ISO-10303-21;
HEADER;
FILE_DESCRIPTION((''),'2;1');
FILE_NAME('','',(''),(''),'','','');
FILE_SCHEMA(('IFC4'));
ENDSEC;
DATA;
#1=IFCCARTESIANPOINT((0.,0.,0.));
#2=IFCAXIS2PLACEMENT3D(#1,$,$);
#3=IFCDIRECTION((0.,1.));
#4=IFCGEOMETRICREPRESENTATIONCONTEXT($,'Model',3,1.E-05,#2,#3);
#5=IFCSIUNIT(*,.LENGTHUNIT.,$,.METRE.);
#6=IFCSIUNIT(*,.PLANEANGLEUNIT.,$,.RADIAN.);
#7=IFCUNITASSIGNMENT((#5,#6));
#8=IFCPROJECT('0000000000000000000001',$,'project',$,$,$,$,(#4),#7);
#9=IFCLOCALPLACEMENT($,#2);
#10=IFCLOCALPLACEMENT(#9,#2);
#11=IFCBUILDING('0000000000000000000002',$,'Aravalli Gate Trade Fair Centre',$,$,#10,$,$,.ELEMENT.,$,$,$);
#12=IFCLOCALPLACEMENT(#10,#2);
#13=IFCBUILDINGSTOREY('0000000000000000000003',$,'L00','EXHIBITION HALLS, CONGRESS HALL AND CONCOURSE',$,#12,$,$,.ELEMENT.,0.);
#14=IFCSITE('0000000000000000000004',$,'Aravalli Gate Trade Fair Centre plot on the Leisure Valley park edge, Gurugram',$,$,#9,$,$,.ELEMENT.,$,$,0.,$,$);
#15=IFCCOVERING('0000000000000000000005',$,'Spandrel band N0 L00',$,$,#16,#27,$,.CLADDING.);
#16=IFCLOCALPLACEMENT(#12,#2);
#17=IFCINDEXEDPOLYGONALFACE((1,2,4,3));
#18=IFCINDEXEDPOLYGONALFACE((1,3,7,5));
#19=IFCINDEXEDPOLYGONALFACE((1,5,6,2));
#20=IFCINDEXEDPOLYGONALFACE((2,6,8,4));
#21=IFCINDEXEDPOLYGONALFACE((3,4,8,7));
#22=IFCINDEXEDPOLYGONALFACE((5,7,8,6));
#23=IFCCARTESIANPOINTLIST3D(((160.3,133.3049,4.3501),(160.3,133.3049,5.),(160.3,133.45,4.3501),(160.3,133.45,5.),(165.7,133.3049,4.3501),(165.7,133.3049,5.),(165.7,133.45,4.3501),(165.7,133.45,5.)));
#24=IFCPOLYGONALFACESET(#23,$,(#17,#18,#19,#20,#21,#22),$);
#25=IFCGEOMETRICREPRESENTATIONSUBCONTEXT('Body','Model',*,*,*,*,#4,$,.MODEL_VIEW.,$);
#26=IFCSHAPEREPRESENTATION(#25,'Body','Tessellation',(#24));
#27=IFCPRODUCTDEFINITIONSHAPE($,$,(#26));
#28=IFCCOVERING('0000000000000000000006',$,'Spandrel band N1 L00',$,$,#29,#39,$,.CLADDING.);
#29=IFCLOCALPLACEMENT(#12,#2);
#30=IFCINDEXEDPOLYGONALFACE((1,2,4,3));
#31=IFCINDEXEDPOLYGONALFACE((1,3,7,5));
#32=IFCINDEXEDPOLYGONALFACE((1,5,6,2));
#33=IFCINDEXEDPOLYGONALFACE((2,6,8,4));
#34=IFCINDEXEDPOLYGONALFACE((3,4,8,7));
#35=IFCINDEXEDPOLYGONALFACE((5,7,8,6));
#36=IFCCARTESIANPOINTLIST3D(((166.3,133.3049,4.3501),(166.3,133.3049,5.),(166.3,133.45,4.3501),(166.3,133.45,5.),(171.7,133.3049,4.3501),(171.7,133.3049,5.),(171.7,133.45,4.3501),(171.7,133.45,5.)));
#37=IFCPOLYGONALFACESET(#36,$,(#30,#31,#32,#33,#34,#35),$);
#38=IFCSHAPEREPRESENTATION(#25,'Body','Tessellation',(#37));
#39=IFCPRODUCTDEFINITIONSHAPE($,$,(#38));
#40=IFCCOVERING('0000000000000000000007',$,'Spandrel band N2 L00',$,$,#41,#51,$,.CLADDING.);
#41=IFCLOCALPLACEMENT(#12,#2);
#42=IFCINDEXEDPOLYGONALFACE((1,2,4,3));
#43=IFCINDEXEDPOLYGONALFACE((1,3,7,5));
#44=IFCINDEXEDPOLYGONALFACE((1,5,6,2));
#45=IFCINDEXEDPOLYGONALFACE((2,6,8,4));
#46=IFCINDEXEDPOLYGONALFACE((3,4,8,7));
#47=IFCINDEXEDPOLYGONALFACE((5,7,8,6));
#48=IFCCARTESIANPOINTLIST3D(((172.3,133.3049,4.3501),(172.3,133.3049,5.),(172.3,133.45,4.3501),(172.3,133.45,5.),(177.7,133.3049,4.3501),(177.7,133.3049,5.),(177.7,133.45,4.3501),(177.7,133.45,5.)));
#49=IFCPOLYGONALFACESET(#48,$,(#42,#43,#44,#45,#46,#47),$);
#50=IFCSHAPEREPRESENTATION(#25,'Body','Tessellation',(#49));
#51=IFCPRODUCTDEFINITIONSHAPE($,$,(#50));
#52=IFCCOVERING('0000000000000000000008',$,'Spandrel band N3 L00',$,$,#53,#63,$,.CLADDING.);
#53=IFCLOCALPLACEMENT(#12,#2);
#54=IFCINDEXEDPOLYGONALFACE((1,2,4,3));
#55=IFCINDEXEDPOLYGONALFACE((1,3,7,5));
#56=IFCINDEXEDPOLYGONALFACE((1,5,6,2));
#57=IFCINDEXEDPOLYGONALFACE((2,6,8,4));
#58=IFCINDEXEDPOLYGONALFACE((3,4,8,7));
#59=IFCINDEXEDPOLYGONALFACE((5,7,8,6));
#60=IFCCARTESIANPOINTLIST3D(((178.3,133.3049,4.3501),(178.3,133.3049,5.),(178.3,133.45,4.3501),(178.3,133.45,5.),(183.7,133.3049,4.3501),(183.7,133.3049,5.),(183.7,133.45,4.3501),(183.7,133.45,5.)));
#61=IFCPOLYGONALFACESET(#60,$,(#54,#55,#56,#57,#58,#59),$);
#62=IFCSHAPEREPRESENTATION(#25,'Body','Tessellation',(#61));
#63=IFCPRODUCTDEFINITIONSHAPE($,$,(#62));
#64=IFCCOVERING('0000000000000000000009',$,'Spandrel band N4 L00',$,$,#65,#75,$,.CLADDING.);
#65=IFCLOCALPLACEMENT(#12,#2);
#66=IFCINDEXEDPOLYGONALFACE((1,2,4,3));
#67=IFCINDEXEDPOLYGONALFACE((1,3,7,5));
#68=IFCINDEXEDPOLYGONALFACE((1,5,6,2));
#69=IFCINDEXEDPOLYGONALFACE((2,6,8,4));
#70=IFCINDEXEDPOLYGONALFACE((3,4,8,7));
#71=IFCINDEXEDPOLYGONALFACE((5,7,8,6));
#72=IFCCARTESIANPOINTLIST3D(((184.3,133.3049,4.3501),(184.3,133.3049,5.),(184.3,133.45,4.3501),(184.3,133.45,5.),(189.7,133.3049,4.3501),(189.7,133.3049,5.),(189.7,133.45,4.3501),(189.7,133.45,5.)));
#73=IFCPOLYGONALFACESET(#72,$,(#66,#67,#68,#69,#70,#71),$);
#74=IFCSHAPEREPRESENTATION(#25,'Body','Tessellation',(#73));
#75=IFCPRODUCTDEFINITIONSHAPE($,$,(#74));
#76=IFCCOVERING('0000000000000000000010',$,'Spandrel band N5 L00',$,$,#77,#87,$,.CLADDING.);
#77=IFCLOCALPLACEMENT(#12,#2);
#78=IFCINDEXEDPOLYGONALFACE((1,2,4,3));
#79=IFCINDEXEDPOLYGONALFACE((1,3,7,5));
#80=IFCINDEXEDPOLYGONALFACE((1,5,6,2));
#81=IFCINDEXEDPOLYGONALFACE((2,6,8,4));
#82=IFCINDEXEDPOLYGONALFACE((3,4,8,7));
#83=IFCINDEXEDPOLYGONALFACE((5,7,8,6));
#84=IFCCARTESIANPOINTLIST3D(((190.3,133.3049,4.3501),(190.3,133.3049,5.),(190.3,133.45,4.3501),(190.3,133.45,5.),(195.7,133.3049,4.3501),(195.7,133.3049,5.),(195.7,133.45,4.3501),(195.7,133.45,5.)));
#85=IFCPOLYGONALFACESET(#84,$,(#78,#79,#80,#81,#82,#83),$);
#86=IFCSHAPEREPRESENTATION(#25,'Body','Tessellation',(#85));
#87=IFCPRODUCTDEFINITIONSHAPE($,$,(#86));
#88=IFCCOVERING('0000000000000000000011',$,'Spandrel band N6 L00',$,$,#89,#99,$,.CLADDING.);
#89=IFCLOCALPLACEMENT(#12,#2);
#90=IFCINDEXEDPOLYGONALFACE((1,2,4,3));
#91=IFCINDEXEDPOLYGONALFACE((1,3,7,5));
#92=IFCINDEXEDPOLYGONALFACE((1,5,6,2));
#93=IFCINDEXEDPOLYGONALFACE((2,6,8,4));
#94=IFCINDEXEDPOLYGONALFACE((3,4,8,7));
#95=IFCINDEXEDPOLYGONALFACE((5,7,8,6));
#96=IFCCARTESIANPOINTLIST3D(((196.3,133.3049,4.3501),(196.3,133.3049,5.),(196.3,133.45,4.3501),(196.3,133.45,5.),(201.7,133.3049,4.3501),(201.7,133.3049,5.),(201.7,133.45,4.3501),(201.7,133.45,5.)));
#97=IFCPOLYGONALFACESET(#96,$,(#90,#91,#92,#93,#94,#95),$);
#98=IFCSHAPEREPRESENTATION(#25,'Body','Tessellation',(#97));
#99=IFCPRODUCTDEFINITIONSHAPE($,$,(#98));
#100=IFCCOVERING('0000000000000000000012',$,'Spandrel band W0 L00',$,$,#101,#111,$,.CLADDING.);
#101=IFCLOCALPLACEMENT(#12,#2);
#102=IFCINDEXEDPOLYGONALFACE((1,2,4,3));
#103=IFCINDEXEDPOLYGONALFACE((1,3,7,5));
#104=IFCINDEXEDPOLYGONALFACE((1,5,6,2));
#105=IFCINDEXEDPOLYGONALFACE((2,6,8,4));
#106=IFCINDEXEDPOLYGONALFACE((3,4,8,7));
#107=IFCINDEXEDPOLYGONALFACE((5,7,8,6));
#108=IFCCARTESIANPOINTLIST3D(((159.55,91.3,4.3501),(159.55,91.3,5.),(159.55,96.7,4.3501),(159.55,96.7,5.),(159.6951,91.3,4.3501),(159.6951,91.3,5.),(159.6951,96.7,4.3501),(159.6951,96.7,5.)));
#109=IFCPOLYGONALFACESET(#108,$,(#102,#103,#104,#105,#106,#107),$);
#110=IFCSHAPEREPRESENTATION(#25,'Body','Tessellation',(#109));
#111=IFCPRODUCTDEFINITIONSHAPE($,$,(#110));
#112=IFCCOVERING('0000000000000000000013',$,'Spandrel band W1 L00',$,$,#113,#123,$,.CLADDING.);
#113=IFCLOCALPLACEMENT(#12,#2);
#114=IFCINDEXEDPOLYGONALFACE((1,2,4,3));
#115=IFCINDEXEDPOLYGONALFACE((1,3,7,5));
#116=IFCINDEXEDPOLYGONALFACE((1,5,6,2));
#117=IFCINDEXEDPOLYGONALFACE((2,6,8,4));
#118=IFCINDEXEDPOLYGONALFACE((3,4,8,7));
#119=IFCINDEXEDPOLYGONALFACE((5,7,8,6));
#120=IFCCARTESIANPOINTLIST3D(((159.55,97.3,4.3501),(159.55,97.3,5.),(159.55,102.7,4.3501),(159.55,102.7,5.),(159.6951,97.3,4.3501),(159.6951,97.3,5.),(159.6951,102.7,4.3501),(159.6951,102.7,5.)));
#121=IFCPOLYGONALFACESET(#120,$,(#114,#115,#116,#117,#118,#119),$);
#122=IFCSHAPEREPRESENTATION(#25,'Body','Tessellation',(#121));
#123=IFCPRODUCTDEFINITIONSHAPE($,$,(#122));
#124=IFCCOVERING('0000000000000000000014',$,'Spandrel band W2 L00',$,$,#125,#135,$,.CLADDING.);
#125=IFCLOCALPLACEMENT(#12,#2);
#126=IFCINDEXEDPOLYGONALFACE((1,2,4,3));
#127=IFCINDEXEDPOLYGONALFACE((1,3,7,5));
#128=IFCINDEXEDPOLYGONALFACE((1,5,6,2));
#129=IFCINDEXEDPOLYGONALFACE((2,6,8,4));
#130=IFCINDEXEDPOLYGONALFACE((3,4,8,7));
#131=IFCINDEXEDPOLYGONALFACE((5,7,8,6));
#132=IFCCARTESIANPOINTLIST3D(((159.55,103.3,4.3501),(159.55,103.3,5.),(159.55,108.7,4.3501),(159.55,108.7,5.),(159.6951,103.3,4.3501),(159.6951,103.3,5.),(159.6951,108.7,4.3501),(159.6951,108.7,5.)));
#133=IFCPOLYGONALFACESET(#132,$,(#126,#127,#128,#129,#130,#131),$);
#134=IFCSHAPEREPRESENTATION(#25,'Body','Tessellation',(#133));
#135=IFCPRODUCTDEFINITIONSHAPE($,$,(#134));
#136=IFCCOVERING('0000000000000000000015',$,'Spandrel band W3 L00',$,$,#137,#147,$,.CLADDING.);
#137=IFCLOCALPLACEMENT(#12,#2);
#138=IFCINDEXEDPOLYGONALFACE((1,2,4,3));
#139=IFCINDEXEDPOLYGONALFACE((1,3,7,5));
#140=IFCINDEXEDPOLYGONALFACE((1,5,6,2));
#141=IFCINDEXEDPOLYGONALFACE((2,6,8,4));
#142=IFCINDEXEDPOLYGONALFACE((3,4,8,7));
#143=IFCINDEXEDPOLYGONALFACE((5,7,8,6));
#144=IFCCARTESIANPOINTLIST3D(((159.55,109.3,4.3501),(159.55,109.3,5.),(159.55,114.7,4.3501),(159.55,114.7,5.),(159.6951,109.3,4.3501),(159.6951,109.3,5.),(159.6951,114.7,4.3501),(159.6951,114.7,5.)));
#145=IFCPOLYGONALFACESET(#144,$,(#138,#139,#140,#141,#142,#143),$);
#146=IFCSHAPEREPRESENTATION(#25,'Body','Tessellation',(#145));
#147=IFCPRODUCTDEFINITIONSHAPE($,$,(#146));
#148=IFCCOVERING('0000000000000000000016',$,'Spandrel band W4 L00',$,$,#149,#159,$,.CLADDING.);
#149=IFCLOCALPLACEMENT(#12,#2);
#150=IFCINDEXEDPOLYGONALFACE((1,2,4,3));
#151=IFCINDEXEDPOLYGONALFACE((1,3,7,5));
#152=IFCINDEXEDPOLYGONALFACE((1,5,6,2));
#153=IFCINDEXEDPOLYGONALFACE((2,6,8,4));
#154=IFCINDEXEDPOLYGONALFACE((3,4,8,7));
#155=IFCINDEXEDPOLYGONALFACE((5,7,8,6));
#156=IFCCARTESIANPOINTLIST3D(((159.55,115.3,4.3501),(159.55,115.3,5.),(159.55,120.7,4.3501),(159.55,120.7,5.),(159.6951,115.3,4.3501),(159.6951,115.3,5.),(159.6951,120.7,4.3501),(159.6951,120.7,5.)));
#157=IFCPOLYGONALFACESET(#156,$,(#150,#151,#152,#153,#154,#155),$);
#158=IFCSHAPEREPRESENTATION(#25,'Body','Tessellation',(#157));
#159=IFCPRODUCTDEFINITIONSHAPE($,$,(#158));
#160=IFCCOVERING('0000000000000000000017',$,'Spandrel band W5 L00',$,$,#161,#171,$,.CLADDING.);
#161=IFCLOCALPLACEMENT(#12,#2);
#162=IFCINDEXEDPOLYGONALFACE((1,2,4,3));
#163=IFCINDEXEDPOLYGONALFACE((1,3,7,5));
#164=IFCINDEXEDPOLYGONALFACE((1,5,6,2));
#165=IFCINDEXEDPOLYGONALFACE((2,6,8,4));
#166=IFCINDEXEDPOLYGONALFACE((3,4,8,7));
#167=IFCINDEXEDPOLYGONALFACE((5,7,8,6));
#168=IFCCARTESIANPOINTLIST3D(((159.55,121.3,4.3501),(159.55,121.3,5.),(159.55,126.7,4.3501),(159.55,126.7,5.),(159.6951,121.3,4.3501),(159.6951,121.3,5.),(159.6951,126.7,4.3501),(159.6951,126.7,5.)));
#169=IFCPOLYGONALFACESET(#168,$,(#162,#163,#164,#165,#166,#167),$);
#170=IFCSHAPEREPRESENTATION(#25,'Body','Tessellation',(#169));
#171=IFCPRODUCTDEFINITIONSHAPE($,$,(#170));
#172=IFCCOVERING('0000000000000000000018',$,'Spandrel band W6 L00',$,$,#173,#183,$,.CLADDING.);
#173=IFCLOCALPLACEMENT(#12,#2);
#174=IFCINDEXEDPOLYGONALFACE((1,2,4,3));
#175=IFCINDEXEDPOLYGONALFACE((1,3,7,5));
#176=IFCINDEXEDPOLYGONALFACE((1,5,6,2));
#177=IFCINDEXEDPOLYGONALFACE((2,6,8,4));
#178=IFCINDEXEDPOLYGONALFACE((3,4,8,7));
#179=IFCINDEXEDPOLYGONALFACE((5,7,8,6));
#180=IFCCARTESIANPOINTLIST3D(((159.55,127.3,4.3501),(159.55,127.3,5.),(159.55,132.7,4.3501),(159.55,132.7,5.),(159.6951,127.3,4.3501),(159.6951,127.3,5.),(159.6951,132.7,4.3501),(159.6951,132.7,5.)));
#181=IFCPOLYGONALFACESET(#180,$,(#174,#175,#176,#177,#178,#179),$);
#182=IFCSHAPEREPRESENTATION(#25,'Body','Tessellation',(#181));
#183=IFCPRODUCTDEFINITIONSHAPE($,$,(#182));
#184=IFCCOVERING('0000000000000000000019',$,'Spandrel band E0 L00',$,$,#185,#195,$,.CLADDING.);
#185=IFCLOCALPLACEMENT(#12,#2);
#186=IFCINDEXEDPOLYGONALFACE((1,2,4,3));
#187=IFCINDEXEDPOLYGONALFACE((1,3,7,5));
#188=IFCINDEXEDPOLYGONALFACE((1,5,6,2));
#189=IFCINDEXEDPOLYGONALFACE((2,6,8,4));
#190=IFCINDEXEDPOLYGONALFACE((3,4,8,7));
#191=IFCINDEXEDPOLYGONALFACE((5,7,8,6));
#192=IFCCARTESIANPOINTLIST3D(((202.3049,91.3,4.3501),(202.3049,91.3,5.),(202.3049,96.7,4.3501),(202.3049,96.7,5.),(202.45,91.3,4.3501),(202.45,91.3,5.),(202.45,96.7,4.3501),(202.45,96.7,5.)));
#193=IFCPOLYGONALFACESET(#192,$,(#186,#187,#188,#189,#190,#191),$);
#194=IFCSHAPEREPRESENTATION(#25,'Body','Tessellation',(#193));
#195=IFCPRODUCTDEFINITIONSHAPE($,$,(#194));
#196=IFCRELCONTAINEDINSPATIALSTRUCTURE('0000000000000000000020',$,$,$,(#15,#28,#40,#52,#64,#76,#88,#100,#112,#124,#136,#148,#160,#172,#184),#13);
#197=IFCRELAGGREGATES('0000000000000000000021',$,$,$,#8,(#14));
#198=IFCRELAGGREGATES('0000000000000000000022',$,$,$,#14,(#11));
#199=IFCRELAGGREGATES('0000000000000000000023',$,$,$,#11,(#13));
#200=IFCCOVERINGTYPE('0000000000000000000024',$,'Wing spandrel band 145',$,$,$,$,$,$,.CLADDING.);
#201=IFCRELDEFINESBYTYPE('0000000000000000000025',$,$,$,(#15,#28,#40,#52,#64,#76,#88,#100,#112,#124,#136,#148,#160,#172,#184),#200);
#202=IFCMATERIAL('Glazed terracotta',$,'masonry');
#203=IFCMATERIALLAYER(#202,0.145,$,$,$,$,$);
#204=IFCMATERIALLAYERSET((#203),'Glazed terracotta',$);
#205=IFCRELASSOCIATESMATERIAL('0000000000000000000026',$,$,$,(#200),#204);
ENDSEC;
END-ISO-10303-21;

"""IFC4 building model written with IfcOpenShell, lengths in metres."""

from ifc_helpers import new_model, si_unit, direction, frame, origin, place, context, subcontext, project, spatial, polyline, outline, extrude, material, layer, layer_set, type_object, element, save


model = new_model("IFC4")

# Units and contexts
model_context = context("Model", 3, precision=1e-05, world=origin(), true_north=direction((0.0, 1.0)))
body_context = subcontext(model_context, "Body", "Model", "MODEL_VIEW")
ifc_project = project(units=[si_unit("LENGTHUNIT", "METRE"), si_unit("PLANEANGLEUNIT", "RADIAN")], contexts=[model_context])

# Site, building, storey
site_placement = place(None, origin())
site = spatial("IfcSite", under=ifc_project, at=site_placement, Name="Aravalli Gate Trade Fair Centre plot on the Leisure Valley park edge, Gurugram", CompositionType="ELEMENT", RefElevation=0.0)
building_placement = place(site_placement, origin())
building = spatial("IfcBuilding", under=site, at=building_placement, Name="Aravalli Gate Trade Fair Centre", CompositionType="ELEMENT")
storey_placement = place(building_placement, origin())
storey = spatial("IfcBuildingStorey", under=building, at=storey_placement, Name="L00", Description="EXHIBITION HALLS, CONGRESS HALL AND CONCOURSE", CompositionType="ELEMENT", Elevation=0.0)

# Coverings
ifc_material = material(Name="Glazed terracotta", Category="masonry")
ifc_layer = layer(ifc_material, 0.145)
ifc_layer_set = layer_set([ifc_layer], Name="Glazed terracotta")
covering_type = type_object("IfcCoveringType", Name="Wing spandrel band 145", PredefinedType="CLADDING", material=ifc_layer_set)
covering_1_placement = place(storey_placement, frame((0.0, 0.0, 4.3501)))
element("IfcCovering", 1, at=covering_1_placement, inside=storey, type_object=covering_type, Name="Spandrel band N0 L00", PredefinedType="CLADDING", context=body_context, shape_type="SweptSolid", body=[
    extrude(outline(polyline([(160.3, 133.3049), (165.7, 133.3049), (165.7, 133.45), (160.3, 133.45), (160.3, 133.3049)])), origin(), (0.0, 0.0, 1.0), 0.6499),
])
covering_2_placement = place(storey_placement, frame((0.0, 0.0, 4.3501)))
element("IfcCovering", 2, at=covering_2_placement, inside=storey, type_object=covering_type, Name="Spandrel band N1 L00", PredefinedType="CLADDING", context=body_context, shape_type="SweptSolid", body=[
    extrude(outline(polyline([(166.3, 133.3049), (171.7, 133.3049), (171.7, 133.45), (166.3, 133.45), (166.3, 133.3049)])), origin(), (0.0, 0.0, 1.0), 0.6499),
])
covering_3_placement = place(storey_placement, frame((0.0, 0.0, 4.3501)))
element("IfcCovering", 3, at=covering_3_placement, inside=storey, type_object=covering_type, Name="Spandrel band N2 L00", PredefinedType="CLADDING", context=body_context, shape_type="SweptSolid", body=[
    extrude(outline(polyline([(172.3, 133.3049), (177.7, 133.3049), (177.7, 133.45), (172.3, 133.45), (172.3, 133.3049)])), origin(), (0.0, 0.0, 1.0), 0.6499),
])
covering_4_placement = place(storey_placement, frame((0.0, 0.0, 4.3501)))
element("IfcCovering", 4, at=covering_4_placement, inside=storey, type_object=covering_type, Name="Spandrel band N3 L00", PredefinedType="CLADDING", context=body_context, shape_type="SweptSolid", body=[
    extrude(outline(polyline([(178.3, 133.3049), (183.7, 133.3049), (183.7, 133.45), (178.3, 133.45), (178.3, 133.3049)])), origin(), (0.0, 0.0, 1.0), 0.6499),
])
covering_5_placement = place(storey_placement, frame((0.0, 0.0, 4.3501)))
element("IfcCovering", 5, at=covering_5_placement, inside=storey, type_object=covering_type, Name="Spandrel band N4 L00", PredefinedType="CLADDING", context=body_context, shape_type="SweptSolid", body=[
    extrude(outline(polyline([(184.3, 133.3049), (189.7, 133.3049), (189.7, 133.45), (184.3, 133.45), (184.3, 133.3049)])), origin(), (0.0, 0.0, 1.0), 0.6499),
])
covering_6_placement = place(storey_placement, frame((0.0, 0.0, 4.3501)))
element("IfcCovering", 6, at=covering_6_placement, inside=storey, type_object=covering_type, Name="Spandrel band N5 L00", PredefinedType="CLADDING", context=body_context, shape_type="SweptSolid", body=[
    extrude(outline(polyline([(190.3, 133.3049), (195.7, 133.3049), (195.7, 133.45), (190.3, 133.45), (190.3, 133.3049)])), origin(), (0.0, 0.0, 1.0), 0.6499),
])
covering_7_placement = place(storey_placement, frame((0.0, 0.0, 4.3501)))
element("IfcCovering", 7, at=covering_7_placement, inside=storey, type_object=covering_type, Name="Spandrel band N6 L00", PredefinedType="CLADDING", context=body_context, shape_type="SweptSolid", body=[
    extrude(outline(polyline([(196.3, 133.3049), (201.7, 133.3049), (201.7, 133.45), (196.3, 133.45), (196.3, 133.3049)])), origin(), (0.0, 0.0, 1.0), 0.6499),
])
covering_8_placement = place(storey_placement, frame((0.0, 0.0, 4.3501)))
element("IfcCovering", 8, at=covering_8_placement, inside=storey, type_object=covering_type, Name="Spandrel band W0 L00", PredefinedType="CLADDING", context=body_context, shape_type="SweptSolid", body=[
    extrude(outline(polyline([(159.55, 91.3), (159.6951, 91.3), (159.6951, 96.7), (159.55, 96.7), (159.55, 91.3)])), origin(), (0.0, 0.0, 1.0), 0.6499),
])
covering_9_placement = place(storey_placement, frame((0.0, 0.0, 4.3501)))
element("IfcCovering", 9, at=covering_9_placement, inside=storey, type_object=covering_type, Name="Spandrel band W1 L00", PredefinedType="CLADDING", context=body_context, shape_type="SweptSolid", body=[
    extrude(outline(polyline([(159.55, 97.3), (159.6951, 97.3), (159.6951, 102.7), (159.55, 102.7), (159.55, 97.3)])), origin(), (0.0, 0.0, 1.0), 0.6499),
])
covering_10_placement = place(storey_placement, frame((0.0, 0.0, 4.3501)))
element("IfcCovering", 10, at=covering_10_placement, inside=storey, type_object=covering_type, Name="Spandrel band W2 L00", PredefinedType="CLADDING", context=body_context, shape_type="SweptSolid", body=[
    extrude(outline(polyline([(159.55, 103.3), (159.6951, 103.3), (159.6951, 108.7), (159.55, 108.7), (159.55, 103.3)])), origin(), (0.0, 0.0, 1.0), 0.6499),
])
covering_11_placement = place(storey_placement, frame((0.0, 0.0, 4.3501)))
element("IfcCovering", 11, at=covering_11_placement, inside=storey, type_object=covering_type, Name="Spandrel band W3 L00", PredefinedType="CLADDING", context=body_context, shape_type="SweptSolid", body=[
    extrude(outline(polyline([(159.55, 109.3), (159.6951, 109.3), (159.6951, 114.7), (159.55, 114.7), (159.55, 109.3)])), origin(), (0.0, 0.0, 1.0), 0.6499),
])
covering_12_placement = place(storey_placement, frame((0.0, 0.0, 4.3501)))
element("IfcCovering", 12, at=covering_12_placement, inside=storey, type_object=covering_type, Name="Spandrel band W4 L00", PredefinedType="CLADDING", context=body_context, shape_type="SweptSolid", body=[
    extrude(outline(polyline([(159.55, 115.3), (159.6951, 115.3), (159.6951, 120.7), (159.55, 120.7), (159.55, 115.3)])), origin(), (0.0, 0.0, 1.0), 0.6499),
])
covering_13_placement = place(storey_placement, frame((0.0, 0.0, 4.3501)))
element("IfcCovering", 13, at=covering_13_placement, inside=storey, type_object=covering_type, Name="Spandrel band W5 L00", PredefinedType="CLADDING", context=body_context, shape_type="SweptSolid", body=[
    extrude(outline(polyline([(159.55, 121.3), (159.6951, 121.3), (159.6951, 126.7), (159.55, 126.7), (159.55, 121.3)])), origin(), (0.0, 0.0, 1.0), 0.6499),
])
covering_14_placement = place(storey_placement, frame((0.0, 0.0, 4.3501)))
element("IfcCovering", 14, at=covering_14_placement, inside=storey, type_object=covering_type, Name="Spandrel band W6 L00", PredefinedType="CLADDING", context=body_context, shape_type="SweptSolid", body=[
    extrude(outline(polyline([(159.55, 127.3), (159.6951, 127.3), (159.6951, 132.7), (159.55, 132.7), (159.55, 127.3)])), origin(), (0.0, 0.0, 1.0), 0.6499),
])
covering_15_placement = place(storey_placement, frame((0.0, 0.0, 4.3501)))
element("IfcCovering", 15, at=covering_15_placement, inside=storey, type_object=covering_type, Name="Spandrel band E0 L00", PredefinedType="CLADDING", context=body_context, shape_type="SweptSolid", body=[
    extrude(outline(polyline([(202.3049, 91.3), (202.45, 91.3), (202.45, 96.7), (202.3049, 96.7), (202.3049, 91.3)])), origin(), (0.0, 0.0, 1.0), 0.6499),
])

save(model, "model.ifc")
